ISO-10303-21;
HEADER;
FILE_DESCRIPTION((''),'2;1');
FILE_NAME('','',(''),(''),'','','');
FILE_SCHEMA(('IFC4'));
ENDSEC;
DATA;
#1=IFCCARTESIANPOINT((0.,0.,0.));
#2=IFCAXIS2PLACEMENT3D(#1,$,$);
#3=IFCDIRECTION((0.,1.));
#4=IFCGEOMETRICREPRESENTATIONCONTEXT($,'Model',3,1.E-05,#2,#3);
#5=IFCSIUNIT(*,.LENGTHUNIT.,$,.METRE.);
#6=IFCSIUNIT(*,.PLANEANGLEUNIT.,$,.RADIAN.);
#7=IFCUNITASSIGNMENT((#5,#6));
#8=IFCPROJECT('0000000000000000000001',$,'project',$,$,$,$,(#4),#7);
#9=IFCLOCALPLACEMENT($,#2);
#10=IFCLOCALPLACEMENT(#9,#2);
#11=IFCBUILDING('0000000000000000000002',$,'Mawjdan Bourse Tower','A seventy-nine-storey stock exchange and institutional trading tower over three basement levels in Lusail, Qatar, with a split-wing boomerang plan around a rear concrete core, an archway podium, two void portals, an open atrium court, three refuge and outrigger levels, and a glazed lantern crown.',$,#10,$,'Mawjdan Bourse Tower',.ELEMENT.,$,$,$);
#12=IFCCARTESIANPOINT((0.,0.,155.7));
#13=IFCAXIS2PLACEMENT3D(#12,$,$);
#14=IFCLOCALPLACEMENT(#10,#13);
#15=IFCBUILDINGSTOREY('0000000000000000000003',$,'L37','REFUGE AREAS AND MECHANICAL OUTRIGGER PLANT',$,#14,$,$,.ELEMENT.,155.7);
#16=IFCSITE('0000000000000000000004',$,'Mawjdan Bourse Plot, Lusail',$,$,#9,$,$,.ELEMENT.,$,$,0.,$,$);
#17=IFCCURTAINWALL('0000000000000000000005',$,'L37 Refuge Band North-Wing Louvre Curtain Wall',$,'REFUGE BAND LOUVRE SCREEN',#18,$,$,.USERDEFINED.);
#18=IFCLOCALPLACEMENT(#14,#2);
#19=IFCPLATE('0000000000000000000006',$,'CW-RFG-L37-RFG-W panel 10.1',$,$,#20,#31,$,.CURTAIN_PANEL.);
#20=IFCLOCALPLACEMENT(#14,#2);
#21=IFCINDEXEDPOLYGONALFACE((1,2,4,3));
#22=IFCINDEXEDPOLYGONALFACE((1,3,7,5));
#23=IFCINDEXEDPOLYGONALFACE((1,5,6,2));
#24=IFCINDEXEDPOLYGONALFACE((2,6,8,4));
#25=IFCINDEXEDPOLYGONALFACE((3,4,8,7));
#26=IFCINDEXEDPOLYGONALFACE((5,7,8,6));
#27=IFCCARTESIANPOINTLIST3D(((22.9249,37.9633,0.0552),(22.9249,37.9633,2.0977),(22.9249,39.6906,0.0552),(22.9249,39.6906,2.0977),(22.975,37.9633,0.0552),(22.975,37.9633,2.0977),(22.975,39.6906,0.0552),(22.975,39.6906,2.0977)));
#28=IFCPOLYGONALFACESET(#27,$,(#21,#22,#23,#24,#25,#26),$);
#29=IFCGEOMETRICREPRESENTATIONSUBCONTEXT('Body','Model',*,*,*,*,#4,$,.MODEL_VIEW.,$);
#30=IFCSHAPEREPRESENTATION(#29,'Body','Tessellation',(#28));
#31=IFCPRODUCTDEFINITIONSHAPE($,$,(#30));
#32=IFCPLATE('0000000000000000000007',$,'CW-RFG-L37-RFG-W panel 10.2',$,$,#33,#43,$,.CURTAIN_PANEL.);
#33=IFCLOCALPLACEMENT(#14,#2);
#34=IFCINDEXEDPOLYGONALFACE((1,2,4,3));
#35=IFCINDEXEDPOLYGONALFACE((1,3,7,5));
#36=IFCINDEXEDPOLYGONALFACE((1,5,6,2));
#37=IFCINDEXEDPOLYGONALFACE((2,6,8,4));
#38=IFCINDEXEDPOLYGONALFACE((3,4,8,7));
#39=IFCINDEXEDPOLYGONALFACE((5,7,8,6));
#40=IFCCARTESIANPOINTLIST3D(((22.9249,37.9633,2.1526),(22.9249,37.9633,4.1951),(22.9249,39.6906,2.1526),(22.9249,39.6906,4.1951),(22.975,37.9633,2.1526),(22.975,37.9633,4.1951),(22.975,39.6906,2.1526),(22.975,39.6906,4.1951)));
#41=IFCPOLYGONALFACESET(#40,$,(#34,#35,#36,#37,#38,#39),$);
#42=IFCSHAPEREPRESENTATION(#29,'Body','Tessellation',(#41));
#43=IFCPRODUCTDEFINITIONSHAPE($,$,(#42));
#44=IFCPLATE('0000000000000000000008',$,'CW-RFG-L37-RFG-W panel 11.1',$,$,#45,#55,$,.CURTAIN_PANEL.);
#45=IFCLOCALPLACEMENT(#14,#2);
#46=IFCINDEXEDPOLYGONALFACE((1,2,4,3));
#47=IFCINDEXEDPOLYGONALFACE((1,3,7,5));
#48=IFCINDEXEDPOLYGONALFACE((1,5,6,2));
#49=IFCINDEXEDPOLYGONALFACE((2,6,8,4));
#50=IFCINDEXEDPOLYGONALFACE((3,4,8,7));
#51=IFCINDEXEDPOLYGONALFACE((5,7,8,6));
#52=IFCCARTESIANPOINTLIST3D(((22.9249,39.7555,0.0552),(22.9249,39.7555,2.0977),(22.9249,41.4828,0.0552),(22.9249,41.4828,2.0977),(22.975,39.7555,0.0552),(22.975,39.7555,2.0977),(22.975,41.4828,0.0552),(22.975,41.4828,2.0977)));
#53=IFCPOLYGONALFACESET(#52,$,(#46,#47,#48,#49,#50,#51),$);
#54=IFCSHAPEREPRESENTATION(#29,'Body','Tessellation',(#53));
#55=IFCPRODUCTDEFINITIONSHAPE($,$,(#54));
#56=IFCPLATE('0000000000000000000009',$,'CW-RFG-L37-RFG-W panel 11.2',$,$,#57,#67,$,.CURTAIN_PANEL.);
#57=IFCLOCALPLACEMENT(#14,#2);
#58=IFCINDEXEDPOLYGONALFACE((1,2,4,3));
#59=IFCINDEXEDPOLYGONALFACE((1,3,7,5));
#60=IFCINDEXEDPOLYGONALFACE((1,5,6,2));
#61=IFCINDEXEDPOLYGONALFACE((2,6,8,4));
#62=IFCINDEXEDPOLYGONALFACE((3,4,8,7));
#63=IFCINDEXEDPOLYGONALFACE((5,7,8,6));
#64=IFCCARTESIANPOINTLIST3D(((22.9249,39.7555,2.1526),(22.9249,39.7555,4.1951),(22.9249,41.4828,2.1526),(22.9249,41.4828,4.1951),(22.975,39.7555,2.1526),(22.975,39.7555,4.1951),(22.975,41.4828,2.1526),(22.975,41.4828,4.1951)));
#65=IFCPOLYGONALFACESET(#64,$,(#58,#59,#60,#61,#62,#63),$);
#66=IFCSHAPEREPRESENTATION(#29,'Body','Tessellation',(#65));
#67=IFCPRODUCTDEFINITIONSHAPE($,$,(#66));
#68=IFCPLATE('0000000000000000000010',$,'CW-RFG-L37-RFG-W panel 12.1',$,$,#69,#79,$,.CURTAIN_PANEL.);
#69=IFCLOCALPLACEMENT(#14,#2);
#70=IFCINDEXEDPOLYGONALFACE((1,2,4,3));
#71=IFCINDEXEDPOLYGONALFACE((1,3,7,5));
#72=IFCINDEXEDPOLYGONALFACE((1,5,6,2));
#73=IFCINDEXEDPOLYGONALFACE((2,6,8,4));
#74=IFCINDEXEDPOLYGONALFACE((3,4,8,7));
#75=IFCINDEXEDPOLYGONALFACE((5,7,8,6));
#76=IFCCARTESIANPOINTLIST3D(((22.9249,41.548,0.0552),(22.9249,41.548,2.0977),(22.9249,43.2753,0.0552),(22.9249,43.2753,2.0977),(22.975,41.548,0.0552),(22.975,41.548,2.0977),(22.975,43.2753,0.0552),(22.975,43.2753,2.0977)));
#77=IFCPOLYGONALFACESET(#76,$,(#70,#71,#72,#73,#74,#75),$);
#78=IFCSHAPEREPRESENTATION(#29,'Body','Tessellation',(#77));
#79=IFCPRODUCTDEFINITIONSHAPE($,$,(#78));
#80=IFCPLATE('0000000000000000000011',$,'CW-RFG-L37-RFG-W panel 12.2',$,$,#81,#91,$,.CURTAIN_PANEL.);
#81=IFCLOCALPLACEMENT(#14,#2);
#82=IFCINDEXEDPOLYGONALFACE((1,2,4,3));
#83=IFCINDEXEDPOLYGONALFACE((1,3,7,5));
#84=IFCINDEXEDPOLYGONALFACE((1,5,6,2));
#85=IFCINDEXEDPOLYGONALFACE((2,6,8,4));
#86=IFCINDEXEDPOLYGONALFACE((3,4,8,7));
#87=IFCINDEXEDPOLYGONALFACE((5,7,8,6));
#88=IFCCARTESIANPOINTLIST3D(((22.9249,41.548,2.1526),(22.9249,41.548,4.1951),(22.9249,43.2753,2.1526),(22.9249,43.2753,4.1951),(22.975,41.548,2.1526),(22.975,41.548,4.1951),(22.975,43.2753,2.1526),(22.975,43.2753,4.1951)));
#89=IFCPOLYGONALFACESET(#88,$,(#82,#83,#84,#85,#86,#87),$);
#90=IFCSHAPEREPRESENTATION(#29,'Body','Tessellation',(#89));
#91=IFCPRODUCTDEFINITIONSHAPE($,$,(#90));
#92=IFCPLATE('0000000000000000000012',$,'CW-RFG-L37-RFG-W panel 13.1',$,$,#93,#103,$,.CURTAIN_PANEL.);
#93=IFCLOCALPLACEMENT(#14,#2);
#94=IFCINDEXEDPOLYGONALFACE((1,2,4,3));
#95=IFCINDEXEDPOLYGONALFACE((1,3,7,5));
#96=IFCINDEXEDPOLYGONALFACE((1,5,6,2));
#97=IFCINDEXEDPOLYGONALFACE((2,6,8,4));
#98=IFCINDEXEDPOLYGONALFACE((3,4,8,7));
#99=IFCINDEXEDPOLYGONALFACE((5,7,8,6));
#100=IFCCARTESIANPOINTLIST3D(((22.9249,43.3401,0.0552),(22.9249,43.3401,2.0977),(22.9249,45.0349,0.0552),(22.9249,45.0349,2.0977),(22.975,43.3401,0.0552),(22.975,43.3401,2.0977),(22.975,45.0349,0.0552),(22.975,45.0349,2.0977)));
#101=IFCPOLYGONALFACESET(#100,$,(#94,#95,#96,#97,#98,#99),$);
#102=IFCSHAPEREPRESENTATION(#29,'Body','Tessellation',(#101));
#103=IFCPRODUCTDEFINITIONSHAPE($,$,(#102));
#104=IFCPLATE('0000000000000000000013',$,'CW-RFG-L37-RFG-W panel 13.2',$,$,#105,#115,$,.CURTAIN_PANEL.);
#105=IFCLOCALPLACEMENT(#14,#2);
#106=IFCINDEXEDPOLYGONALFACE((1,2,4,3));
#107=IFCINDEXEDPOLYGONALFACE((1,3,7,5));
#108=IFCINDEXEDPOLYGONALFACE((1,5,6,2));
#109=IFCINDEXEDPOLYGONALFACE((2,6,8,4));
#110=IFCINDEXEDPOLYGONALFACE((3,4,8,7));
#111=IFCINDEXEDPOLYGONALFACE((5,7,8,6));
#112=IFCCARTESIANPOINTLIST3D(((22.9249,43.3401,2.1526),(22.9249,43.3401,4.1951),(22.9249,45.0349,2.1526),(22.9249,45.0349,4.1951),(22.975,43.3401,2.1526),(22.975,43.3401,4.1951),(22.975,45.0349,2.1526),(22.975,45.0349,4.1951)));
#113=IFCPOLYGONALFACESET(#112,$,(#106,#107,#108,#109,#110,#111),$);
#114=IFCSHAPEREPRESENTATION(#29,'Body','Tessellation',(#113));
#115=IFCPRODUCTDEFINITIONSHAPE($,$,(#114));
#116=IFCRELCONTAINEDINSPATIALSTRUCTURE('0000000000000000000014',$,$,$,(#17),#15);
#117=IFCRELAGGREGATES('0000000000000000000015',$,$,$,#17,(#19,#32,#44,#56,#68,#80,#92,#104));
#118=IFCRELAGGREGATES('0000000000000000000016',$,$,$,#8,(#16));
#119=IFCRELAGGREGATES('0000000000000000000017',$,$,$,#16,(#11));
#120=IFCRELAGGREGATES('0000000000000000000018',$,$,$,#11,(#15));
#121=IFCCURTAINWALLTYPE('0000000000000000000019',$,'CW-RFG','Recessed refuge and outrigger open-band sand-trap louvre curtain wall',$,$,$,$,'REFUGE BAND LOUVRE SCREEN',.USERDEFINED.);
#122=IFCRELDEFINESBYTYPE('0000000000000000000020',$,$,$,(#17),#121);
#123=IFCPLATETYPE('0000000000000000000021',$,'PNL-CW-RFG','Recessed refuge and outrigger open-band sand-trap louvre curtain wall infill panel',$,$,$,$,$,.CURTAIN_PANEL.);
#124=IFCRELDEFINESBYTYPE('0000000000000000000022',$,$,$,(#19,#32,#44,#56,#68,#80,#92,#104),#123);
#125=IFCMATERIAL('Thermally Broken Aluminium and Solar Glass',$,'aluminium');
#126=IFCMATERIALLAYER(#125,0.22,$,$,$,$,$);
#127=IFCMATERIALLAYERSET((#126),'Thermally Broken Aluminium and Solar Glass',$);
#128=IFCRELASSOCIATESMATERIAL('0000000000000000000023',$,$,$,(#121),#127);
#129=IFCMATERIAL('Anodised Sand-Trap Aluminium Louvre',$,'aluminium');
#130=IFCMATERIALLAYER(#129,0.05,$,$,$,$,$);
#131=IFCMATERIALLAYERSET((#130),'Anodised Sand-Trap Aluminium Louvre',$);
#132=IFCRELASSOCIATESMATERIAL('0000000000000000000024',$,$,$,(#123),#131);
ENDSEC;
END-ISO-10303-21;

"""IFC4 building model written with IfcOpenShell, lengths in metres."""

from ifc_helpers import new_model, si_unit, direction, frame, origin, origin_2d, place, context, subcontext, project, spatial, rectangle, extrude, material, layer, layer_set, type_object, element, aggregate, save


model = new_model("IFC4")

# Units and contexts
model_context = context("Model", 3, precision=1e-05, world=origin(), true_north=direction((0.0, 1.0)))
body_context = subcontext(model_context, "Body", "Model", "MODEL_VIEW")
ifc_project = project(units=[si_unit("LENGTHUNIT", "METRE"), si_unit("PLANEANGLEUNIT", "RADIAN")], contexts=[model_context])

# Site, building, storey
site_placement = place(None, origin())
site = spatial("IfcSite", under=ifc_project, at=site_placement, Name="Mawjdan Bourse Plot, Lusail", CompositionType="ELEMENT", RefElevation=0.0)
building_placement = place(site_placement, origin())
building = spatial("IfcBuilding", under=site, at=building_placement, Name="Mawjdan Bourse Tower", Description="A seventy-nine-storey stock exchange and institutional trading tower over three basement levels in Lusail, Qatar, with a split-wing boomerang plan around a rear concrete core, an archway podium, two void portals, an open atrium court, three refuge and outrigger levels, and a glazed lantern crown.", LongName="Mawjdan Bourse Tower", CompositionType="ELEMENT")
storey_placement = place(building_placement, frame((0.0, 0.0, 155.7)))
storey = spatial("IfcBuildingStorey", under=building, at=storey_placement, Name="L37", Description="REFUGE AREAS AND MECHANICAL OUTRIGGER PLANT", CompositionType="ELEMENT", Elevation=155.7)

# Curtain wall
ifc_material_1 = material(Name="Thermally Broken Aluminium and Solar Glass", Category="aluminium")
ifc_layer_1 = layer(ifc_material_1, 0.22)
ifc_layer_set_1 = layer_set([ifc_layer_1], Name="Thermally Broken Aluminium and Solar Glass")
curtain_wall_type = type_object("IfcCurtainWallType", Name="CW-RFG", Description="Recessed refuge and outrigger open-band sand-trap louvre curtain wall", ElementType="REFUGE BAND LOUVRE SCREEN", PredefinedType="USERDEFINED", material=ifc_layer_set_1)
curtain_wall_placement = place(storey_placement, origin())
curtain_wall = element("IfcCurtainWall", 1, at=curtain_wall_placement, inside=storey, type_object=curtain_wall_type, Name="L37 Refuge Band North-Wing Louvre Curtain Wall", ObjectType="REFUGE BAND LOUVRE SCREEN", PredefinedType="USERDEFINED")

# Plates
ifc_material_2 = material(Name="Anodised Sand-Trap Aluminium Louvre", Category="aluminium")
ifc_layer_2 = layer(ifc_material_2, 0.05)
ifc_layer_set_2 = layer_set([ifc_layer_2], Name="Anodised Sand-Trap Aluminium Louvre")
plate_type = type_object("IfcPlateType", Name="PNL-CW-RFG", Description="Recessed refuge and outrigger open-band sand-trap louvre curtain wall infill panel", PredefinedType="CURTAIN_PANEL", material=ifc_layer_set_2)
plate_1_placement = place(storey_placement, frame((22.95, 38.8269, 0.0552), z_axis=(0.0, 0.0, 1.0), x_axis=(0.0, 1.0, 0.0)))
plate_1 = element("IfcPlate", 2, at=plate_1_placement, type_object=plate_type, Name="CW-RFG-L37-RFG-W panel 10.1", PredefinedType="CURTAIN_PANEL", context=body_context, shape_type="SweptSolid", body=[
    extrude(rectangle(XDim=1.7273, YDim=0.05, at=origin_2d()), origin(), (0.0, 0.0, 1.0), 2.0425),
])
plate_2_placement = place(storey_placement, frame((22.95, 38.8269, 2.1526), z_axis=(0.0, 0.0, 1.0), x_axis=(0.0, 1.0, 0.0)))
plate_2 = element("IfcPlate", 3, at=plate_2_placement, type_object=plate_type, Name="CW-RFG-L37-RFG-W panel 10.2", PredefinedType="CURTAIN_PANEL", context=body_context, shape_type="SweptSolid", body=[
    extrude(rectangle(XDim=1.7273, YDim=0.05, at=origin_2d()), origin(), (0.0, 0.0, 1.0), 2.0425),
])
plate_3_placement = place(storey_placement, frame((22.95, 40.6191, 0.0552), z_axis=(0.0, 0.0, 1.0), x_axis=(0.0, 1.0, 0.0)))
plate_3 = element("IfcPlate", 4, at=plate_3_placement, type_object=plate_type, Name="CW-RFG-L37-RFG-W panel 11.1", PredefinedType="CURTAIN_PANEL", context=body_context, shape_type="SweptSolid", body=[
    extrude(rectangle(XDim=1.7273, YDim=0.05, at=origin_2d()), origin(), (0.0, 0.0, 1.0), 2.0425),
])
plate_4_placement = place(storey_placement, frame((22.95, 40.6191, 2.1526), z_axis=(0.0, 0.0, 1.0), x_axis=(0.0, 1.0, 0.0)))
plate_4 = element("IfcPlate", 5, at=plate_4_placement, type_object=plate_type, Name="CW-RFG-L37-RFG-W panel 11.2", PredefinedType="CURTAIN_PANEL", context=body_context, shape_type="SweptSolid", body=[
    extrude(rectangle(XDim=1.7273, YDim=0.05, at=origin_2d()), origin(), (0.0, 0.0, 1.0), 2.0425),
])
plate_5_placement = place(storey_placement, frame((22.95, 42.4116, 0.0552), z_axis=(0.0, 0.0, 1.0), x_axis=(0.0, 1.0, 0.0)))
plate_5 = element("IfcPlate", 6, at=plate_5_placement, type_object=plate_type, Name="CW-RFG-L37-RFG-W panel 12.1", PredefinedType="CURTAIN_PANEL", context=body_context, shape_type="SweptSolid", body=[
    extrude(rectangle(XDim=1.7273, YDim=0.05, at=origin_2d()), origin(), (0.0, 0.0, 1.0), 2.0425),
])
plate_6_placement = place(storey_placement, frame((22.95, 42.4116, 2.1526), z_axis=(0.0, 0.0, 1.0), x_axis=(0.0, 1.0, 0.0)))
plate_6 = element("IfcPlate", 7, at=plate_6_placement, type_object=plate_type, Name="CW-RFG-L37-RFG-W panel 12.2", PredefinedType="CURTAIN_PANEL", context=body_context, shape_type="SweptSolid", body=[
    extrude(rectangle(XDim=1.7273, YDim=0.05, at=origin_2d()), origin(), (0.0, 0.0, 1.0), 2.0425),
])
plate_7_placement = place(storey_placement, frame((22.95, 44.1875, 0.0552), z_axis=(0.0, 0.0, 1.0), x_axis=(0.0, 1.0, 0.0)))
plate_7 = element("IfcPlate", 8, at=plate_7_placement, type_object=plate_type, Name="CW-RFG-L37-RFG-W panel 13.1", PredefinedType="CURTAIN_PANEL", context=body_context, shape_type="SweptSolid", body=[
    extrude(rectangle(XDim=1.6948, YDim=0.05, at=origin_2d()), origin(), (0.0, 0.0, 1.0), 2.0425),
])
plate_8_placement = place(storey_placement, frame((22.95, 44.1875, 2.1526), z_axis=(0.0, 0.0, 1.0), x_axis=(0.0, 1.0, 0.0)))
plate_8 = element("IfcPlate", 9, at=plate_8_placement, type_object=plate_type, Name="CW-RFG-L37-RFG-W panel 13.2", PredefinedType="CURTAIN_PANEL", context=body_context, shape_type="SweptSolid", body=[
    extrude(rectangle(XDim=1.6948, YDim=0.05, at=origin_2d()), origin(), (0.0, 0.0, 1.0), 2.0425),
])
aggregate(curtain_wall, [plate_1, plate_2, plate_3, plate_4, plate_5, plate_6, plate_7, plate_8])

save(model, "model.ifc")
